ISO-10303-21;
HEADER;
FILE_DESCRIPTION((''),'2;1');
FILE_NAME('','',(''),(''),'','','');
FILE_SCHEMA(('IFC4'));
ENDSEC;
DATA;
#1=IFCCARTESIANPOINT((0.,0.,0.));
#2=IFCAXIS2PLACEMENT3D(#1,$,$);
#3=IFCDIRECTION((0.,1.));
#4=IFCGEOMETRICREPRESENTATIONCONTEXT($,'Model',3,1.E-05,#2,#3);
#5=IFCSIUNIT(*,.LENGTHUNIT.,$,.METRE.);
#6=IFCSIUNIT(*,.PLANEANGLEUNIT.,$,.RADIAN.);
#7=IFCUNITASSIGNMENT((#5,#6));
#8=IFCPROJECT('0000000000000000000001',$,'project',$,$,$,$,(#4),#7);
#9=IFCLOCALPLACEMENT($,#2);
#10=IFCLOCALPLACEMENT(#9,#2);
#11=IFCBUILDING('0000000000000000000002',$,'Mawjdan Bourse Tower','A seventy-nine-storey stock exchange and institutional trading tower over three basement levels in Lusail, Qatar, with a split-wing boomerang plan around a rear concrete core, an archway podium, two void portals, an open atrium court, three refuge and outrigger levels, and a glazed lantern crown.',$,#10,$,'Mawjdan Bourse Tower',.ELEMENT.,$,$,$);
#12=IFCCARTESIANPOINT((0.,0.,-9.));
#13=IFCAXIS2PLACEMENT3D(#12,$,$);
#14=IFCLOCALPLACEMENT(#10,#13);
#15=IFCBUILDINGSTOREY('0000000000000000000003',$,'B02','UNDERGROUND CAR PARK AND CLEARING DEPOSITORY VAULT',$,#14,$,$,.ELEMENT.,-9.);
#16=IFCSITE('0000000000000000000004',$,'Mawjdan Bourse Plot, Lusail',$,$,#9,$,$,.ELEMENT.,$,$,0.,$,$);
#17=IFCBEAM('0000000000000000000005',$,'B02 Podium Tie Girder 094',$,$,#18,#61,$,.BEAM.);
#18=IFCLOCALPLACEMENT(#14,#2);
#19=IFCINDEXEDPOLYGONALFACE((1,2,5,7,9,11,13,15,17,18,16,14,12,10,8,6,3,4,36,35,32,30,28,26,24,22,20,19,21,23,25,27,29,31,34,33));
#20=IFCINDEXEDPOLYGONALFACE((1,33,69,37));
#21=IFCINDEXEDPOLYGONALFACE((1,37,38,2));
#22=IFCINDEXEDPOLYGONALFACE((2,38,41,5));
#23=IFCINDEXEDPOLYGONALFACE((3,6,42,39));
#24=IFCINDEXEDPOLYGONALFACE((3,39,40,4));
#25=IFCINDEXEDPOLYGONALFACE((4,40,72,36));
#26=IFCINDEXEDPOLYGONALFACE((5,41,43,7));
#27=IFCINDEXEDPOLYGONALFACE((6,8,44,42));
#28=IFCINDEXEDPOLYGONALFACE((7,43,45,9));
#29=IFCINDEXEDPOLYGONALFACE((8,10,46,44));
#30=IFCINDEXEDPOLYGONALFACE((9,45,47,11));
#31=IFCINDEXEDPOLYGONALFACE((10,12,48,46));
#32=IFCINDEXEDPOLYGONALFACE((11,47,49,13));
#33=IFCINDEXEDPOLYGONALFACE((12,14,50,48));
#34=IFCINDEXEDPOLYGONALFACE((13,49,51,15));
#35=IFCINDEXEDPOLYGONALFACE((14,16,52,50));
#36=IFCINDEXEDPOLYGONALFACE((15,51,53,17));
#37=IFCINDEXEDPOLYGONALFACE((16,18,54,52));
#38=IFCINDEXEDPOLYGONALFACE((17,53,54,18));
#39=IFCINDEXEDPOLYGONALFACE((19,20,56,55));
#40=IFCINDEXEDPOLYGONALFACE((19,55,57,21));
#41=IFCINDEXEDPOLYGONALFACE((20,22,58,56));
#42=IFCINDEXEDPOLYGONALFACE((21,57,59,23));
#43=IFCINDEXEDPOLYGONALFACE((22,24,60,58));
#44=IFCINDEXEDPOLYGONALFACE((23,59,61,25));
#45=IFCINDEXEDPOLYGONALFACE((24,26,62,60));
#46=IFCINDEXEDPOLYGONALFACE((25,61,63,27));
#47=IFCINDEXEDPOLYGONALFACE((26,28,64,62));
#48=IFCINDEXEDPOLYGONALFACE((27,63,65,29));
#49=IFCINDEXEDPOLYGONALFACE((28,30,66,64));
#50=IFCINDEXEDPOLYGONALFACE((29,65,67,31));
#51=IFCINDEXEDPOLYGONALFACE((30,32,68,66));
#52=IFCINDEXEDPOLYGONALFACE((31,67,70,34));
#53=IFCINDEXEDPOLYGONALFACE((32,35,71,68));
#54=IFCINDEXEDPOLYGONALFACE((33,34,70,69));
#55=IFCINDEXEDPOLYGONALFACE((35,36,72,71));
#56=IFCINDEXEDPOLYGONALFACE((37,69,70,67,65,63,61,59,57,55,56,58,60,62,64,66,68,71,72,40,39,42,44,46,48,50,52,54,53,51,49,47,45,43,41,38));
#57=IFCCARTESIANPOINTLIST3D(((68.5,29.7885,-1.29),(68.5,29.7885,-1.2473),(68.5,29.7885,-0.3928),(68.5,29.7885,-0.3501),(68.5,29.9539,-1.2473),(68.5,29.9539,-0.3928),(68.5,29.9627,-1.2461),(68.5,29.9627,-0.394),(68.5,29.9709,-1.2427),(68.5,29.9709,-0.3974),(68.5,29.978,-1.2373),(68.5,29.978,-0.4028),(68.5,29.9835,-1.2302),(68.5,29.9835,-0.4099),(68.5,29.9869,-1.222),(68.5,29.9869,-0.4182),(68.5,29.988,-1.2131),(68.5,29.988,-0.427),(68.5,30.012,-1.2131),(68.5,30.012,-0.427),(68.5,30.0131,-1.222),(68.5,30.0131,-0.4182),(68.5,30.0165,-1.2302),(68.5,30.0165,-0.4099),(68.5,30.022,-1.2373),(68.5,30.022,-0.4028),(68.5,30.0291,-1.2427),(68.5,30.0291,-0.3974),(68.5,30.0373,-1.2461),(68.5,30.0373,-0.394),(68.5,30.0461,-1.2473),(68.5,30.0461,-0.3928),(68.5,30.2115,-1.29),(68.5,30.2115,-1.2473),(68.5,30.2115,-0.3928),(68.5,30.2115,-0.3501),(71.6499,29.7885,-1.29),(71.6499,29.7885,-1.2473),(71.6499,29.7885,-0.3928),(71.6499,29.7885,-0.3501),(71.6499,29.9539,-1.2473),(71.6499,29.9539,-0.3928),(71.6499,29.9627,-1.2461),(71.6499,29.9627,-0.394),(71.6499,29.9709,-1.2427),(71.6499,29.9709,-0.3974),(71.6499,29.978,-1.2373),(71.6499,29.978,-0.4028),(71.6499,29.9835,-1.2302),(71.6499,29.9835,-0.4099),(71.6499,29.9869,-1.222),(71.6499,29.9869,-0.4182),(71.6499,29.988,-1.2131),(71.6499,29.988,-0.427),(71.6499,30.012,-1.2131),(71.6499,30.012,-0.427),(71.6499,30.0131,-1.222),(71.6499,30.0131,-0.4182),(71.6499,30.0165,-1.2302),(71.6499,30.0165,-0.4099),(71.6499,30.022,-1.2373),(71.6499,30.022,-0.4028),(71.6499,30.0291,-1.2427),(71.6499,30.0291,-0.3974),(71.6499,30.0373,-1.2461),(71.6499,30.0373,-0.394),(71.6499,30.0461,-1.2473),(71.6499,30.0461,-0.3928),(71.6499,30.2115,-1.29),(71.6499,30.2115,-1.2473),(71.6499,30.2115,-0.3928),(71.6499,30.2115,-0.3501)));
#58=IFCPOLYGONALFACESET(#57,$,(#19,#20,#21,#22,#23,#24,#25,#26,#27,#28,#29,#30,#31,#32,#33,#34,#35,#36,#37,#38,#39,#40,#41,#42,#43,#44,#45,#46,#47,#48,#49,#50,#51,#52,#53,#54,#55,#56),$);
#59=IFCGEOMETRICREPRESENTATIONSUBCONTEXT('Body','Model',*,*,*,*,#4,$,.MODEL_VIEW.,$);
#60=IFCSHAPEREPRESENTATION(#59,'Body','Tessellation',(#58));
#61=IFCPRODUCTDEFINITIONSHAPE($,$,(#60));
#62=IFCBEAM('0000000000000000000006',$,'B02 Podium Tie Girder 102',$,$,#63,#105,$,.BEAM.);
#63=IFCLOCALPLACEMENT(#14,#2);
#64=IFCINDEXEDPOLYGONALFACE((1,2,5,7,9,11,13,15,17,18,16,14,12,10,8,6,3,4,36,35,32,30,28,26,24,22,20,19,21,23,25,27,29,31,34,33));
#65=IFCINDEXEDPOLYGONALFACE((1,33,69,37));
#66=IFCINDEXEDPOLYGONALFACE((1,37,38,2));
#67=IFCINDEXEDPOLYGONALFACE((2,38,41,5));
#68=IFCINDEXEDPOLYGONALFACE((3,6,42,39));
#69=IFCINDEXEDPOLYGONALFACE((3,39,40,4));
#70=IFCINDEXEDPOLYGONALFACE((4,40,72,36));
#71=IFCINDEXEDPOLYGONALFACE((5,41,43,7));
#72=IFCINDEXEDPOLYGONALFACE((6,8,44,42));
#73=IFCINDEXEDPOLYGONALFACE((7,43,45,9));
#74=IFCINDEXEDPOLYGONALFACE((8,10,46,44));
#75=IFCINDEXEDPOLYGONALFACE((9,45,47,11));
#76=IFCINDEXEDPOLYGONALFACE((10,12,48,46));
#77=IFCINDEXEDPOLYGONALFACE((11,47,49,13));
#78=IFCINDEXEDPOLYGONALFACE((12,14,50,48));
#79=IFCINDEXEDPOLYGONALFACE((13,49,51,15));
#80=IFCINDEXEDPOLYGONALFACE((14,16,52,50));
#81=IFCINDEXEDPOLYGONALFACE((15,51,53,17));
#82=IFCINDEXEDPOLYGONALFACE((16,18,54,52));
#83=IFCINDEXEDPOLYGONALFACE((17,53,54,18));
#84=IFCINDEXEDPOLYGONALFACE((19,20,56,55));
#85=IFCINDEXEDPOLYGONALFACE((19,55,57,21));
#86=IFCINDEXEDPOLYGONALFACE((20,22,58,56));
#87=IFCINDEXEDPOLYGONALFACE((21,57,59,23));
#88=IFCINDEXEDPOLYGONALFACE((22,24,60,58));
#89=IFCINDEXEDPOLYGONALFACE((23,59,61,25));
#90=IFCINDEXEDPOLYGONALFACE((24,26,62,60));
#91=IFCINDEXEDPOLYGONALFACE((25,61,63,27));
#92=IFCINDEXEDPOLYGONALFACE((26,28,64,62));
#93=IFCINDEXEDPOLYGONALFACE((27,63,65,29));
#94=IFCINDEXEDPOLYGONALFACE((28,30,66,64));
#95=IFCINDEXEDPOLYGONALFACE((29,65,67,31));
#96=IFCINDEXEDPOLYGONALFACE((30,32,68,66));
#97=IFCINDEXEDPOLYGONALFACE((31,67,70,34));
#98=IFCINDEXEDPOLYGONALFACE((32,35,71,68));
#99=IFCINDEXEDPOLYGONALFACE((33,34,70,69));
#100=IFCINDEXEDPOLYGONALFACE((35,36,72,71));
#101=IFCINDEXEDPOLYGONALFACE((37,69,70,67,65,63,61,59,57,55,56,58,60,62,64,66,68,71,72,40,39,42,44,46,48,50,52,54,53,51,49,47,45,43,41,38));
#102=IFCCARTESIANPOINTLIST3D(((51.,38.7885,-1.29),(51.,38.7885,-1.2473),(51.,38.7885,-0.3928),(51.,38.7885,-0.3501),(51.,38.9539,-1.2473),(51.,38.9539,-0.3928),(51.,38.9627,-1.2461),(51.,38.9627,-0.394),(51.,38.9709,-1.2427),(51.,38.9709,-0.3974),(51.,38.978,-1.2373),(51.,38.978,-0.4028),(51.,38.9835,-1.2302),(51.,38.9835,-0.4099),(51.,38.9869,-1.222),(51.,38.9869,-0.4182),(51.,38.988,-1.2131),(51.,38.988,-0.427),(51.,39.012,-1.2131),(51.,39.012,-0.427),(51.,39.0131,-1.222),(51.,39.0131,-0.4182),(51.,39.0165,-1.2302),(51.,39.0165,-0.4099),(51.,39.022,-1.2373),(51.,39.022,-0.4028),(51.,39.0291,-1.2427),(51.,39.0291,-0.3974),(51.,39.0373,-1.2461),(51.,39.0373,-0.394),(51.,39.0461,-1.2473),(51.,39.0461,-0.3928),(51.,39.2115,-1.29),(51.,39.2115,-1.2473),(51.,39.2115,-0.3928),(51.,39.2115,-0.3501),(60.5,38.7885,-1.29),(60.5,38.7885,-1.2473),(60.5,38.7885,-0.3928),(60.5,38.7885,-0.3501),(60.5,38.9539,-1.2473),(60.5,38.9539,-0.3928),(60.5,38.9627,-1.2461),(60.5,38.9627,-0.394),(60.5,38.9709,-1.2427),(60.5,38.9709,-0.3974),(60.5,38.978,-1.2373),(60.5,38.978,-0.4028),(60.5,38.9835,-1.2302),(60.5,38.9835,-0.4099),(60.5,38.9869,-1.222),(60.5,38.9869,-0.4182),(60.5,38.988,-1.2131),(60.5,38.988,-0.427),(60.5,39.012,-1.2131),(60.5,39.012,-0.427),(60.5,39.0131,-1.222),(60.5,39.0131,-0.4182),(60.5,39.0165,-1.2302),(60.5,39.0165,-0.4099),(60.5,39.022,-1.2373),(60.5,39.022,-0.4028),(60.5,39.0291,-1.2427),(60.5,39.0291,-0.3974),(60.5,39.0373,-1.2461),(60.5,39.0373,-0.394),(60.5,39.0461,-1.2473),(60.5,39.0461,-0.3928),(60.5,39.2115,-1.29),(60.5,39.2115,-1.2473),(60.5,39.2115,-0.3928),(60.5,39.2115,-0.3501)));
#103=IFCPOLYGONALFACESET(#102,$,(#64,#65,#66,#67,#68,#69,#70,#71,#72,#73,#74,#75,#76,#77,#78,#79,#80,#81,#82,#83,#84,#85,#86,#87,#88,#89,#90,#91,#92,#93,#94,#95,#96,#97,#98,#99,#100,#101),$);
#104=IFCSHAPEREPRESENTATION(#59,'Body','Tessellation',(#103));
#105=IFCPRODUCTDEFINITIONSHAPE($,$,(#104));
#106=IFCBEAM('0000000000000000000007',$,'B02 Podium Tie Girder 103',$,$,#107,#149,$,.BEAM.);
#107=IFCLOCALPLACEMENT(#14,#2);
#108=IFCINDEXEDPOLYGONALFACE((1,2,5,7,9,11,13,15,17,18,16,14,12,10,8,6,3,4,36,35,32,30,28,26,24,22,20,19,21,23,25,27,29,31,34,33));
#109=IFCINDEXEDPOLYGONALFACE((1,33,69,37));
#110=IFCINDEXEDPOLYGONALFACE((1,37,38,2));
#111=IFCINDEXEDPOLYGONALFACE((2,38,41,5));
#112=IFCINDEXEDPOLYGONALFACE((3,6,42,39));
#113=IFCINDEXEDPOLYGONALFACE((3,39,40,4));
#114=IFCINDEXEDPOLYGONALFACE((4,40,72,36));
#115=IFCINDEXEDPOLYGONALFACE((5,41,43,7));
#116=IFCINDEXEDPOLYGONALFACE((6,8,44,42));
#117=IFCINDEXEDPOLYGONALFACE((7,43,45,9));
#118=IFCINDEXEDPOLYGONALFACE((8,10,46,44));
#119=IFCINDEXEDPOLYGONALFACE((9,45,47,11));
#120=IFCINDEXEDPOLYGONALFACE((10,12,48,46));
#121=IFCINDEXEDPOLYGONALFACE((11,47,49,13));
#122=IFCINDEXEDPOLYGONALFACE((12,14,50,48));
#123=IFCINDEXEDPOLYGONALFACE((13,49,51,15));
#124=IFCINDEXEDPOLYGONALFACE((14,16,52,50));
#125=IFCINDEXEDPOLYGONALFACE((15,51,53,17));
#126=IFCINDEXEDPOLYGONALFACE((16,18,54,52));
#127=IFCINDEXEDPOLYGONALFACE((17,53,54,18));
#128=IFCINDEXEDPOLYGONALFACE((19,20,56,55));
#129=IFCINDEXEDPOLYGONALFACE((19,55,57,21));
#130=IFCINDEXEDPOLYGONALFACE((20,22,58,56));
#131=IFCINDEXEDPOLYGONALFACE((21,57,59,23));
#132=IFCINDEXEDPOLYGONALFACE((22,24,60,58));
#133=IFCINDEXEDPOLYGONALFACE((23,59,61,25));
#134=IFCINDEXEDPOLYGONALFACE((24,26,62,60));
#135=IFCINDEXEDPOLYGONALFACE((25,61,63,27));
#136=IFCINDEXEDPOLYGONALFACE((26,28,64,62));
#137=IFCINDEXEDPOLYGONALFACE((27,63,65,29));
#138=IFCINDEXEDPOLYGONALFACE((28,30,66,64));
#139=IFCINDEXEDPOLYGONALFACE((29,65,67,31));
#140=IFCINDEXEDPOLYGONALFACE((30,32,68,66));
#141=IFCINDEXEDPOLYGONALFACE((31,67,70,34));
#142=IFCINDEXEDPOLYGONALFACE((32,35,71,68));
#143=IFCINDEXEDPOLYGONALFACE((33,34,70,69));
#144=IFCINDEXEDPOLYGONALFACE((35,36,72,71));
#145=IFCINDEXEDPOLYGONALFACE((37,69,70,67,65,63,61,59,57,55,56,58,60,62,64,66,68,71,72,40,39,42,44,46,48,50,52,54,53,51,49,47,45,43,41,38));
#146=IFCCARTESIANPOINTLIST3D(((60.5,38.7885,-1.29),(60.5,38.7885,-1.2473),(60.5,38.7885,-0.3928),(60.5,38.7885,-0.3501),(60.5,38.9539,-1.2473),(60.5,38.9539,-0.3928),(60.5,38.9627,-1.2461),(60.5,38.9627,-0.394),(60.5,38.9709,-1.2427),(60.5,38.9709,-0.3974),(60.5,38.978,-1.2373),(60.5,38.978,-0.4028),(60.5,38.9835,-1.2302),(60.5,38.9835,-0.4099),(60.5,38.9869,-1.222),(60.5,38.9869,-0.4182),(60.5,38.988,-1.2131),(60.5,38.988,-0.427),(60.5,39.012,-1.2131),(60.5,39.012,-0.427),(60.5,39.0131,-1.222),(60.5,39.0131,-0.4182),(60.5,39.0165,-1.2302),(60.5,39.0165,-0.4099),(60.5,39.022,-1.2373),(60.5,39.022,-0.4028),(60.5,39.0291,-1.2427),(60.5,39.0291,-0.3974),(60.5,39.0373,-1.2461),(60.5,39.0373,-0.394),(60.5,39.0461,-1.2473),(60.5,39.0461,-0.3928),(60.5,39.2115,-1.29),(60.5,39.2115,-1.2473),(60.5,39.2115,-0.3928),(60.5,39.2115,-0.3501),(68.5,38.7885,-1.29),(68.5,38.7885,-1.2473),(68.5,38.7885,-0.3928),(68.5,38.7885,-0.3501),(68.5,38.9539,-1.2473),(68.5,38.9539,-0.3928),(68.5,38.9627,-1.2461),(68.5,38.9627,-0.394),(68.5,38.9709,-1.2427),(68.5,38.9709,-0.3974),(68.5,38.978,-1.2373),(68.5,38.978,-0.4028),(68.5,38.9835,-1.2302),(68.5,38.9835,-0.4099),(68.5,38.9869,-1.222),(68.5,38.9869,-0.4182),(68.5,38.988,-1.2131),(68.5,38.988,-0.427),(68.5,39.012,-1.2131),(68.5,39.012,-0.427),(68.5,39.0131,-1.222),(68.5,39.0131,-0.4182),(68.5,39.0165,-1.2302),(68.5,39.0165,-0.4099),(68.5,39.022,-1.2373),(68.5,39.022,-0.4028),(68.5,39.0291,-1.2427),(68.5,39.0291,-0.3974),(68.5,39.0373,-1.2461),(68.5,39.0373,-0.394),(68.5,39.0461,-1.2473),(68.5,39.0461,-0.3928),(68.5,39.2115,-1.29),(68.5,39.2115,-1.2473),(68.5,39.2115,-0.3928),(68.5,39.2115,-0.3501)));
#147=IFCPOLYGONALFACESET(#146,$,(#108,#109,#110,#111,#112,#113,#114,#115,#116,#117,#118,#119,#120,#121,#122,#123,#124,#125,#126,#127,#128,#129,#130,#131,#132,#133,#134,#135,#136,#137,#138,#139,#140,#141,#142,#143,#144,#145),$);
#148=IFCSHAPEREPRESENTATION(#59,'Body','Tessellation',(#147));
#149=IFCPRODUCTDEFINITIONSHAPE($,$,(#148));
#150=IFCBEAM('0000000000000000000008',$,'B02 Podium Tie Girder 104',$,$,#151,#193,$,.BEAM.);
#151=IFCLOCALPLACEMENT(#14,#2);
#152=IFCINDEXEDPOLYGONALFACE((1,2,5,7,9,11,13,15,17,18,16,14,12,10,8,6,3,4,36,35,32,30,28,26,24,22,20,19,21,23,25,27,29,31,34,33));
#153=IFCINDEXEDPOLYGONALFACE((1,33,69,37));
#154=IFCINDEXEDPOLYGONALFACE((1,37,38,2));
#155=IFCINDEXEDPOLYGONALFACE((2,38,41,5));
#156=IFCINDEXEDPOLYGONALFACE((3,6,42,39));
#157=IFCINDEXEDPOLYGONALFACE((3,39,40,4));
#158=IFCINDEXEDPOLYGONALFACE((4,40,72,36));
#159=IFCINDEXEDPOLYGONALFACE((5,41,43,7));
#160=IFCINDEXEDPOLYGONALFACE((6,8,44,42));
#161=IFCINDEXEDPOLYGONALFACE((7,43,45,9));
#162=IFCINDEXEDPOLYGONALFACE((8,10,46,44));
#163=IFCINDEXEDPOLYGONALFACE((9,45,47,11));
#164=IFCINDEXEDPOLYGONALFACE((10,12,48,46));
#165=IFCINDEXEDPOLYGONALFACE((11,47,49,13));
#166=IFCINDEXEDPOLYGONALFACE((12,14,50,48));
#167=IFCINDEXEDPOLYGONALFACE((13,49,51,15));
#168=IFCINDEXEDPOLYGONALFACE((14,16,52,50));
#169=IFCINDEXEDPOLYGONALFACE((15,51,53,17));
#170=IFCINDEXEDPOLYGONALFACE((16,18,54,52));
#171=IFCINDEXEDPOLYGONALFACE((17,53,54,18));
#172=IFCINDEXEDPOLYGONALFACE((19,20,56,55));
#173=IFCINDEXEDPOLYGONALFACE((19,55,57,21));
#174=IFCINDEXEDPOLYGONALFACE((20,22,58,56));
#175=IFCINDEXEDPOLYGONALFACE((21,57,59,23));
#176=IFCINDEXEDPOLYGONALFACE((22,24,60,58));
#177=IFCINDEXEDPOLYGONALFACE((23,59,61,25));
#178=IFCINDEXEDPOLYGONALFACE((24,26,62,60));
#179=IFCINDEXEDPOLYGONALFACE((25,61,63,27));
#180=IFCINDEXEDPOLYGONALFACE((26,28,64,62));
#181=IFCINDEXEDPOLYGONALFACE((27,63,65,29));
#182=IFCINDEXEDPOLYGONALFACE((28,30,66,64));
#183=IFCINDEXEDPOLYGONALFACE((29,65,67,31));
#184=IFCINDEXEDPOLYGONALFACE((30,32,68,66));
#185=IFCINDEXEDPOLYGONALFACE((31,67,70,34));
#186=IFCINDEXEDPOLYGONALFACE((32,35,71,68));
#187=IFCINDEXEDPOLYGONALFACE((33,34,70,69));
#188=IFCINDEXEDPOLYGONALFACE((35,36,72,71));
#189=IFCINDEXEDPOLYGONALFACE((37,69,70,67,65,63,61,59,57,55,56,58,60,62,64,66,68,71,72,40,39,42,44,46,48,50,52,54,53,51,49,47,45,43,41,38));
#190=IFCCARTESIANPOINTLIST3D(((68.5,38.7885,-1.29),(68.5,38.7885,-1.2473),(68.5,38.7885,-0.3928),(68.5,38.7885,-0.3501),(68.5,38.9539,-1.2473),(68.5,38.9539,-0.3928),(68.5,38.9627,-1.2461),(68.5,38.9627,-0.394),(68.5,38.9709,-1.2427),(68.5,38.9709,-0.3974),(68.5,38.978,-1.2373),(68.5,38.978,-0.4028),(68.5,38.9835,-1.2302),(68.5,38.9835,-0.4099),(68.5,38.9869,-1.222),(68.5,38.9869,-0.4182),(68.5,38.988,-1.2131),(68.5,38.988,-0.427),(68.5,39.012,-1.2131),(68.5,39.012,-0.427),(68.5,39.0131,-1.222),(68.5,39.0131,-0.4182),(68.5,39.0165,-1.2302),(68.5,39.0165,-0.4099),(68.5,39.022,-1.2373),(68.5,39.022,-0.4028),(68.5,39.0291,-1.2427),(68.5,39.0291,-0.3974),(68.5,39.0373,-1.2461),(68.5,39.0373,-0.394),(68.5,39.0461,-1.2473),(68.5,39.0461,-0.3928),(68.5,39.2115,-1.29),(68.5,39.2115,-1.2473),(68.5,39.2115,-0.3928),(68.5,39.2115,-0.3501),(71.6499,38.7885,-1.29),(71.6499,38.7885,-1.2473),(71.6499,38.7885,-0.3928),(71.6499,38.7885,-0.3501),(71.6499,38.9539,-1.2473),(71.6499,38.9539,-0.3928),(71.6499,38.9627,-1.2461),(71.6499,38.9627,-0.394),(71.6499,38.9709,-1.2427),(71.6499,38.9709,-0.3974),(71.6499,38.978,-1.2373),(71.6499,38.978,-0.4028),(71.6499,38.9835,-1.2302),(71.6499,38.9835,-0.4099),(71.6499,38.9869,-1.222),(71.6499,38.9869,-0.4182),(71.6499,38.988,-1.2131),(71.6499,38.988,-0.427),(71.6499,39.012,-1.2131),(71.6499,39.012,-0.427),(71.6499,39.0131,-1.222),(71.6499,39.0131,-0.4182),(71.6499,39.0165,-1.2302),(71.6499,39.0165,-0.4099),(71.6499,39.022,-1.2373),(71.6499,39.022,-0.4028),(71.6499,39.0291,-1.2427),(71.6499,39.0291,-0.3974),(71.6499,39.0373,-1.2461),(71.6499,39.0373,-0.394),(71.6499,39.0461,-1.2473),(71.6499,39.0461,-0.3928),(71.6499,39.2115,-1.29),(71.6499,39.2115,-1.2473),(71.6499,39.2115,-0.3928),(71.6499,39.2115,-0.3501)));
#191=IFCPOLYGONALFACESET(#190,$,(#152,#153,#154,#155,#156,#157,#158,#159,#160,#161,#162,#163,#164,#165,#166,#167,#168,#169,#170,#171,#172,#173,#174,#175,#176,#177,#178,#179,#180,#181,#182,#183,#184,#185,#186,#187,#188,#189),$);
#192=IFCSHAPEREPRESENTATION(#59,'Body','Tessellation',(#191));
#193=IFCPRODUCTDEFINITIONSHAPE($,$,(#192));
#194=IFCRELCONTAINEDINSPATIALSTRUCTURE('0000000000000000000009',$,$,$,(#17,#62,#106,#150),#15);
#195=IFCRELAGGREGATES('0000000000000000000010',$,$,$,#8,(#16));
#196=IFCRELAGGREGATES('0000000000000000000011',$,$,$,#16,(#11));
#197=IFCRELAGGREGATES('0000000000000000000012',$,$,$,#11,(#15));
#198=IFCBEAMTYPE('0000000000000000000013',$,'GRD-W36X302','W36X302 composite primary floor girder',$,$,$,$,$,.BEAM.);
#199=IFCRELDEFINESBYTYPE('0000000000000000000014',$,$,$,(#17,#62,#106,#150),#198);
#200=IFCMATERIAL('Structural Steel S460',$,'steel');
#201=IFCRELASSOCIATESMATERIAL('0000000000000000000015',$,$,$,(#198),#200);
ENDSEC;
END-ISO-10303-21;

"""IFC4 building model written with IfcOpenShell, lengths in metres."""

from ifc_helpers import new_model, si_unit, direction, frame, origin, origin_2d, place, context, subcontext, project, spatial, i_section, extrude, material, material_profile, profile_set, type_object, element, save


model = new_model("IFC4")

# Units and contexts
model_context = context("Model", 3, precision=1e-05, world=origin(), true_north=direction((0.0, 1.0)))
body_context = subcontext(model_context, "Body", "Model", "MODEL_VIEW")
ifc_project = project(units=[si_unit("LENGTHUNIT", "METRE"), si_unit("PLANEANGLEUNIT", "RADIAN")], contexts=[model_context])

# Site, building, storey
site_placement = place(None, origin())
site = spatial("IfcSite", under=ifc_project, at=site_placement, Name="Mawjdan Bourse Plot, Lusail", CompositionType="ELEMENT", RefElevation=0.0)
building_placement = place(site_placement, origin())
building = spatial("IfcBuilding", under=site, at=building_placement, Name="Mawjdan Bourse Tower", Description="A seventy-nine-storey stock exchange and institutional trading tower over three basement levels in Lusail, Qatar, with a split-wing boomerang plan around a rear concrete core, an archway podium, two void portals, an open atrium court, three refuge and outrigger levels, and a glazed lantern crown.", LongName="Mawjdan Bourse Tower", CompositionType="ELEMENT")
storey_placement = place(building_placement, frame((0.0, 0.0, -9.0)))
storey = spatial("IfcBuildingStorey", under=building, at=storey_placement, Name="B02", Description="UNDERGROUND CAR PARK AND CLEARING DEPOSITORY VAULT", CompositionType="ELEMENT", Elevation=-9.0)

# Beams
ifc_material_1 = material(Name="Structural Steel S460", Category="steel")
ifc_material_profile_1 = material_profile(ifc_material_1, i_section(OverallWidth=0.4231, OverallDepth=0.9399, WebThickness=0.0239, FlangeThickness=0.0427, FilletRadius=0.0342, at=origin_2d()), Name="W36X302")
ifc_profile_set_1 = profile_set([ifc_material_profile_1], Name="Structural Steel S460")
beam_type_1 = type_object("IfcBeamType", Name="GRD-W36X302", Description="W36X302 composite primary floor girder", PredefinedType="BEAM", material=ifc_profile_set_1)
beam_1_placement = place(storey_placement, frame((68.5, 30.0, -0.8201), z_axis=(1.0, 0.0, 0.0), x_axis=(0.0, 1.0, 0.0)))
element("IfcBeam", 1, at=beam_1_placement, inside=storey, type_object=beam_type_1, Name="B02 Podium Tie Girder 094", PredefinedType="BEAM", context=body_context, shape_type="SweptSolid", body=[
    extrude(i_section(OverallWidth=0.4231, OverallDepth=0.9399, WebThickness=0.0239, FlangeThickness=0.0427, FilletRadius=0.0342, at=origin_2d()), origin(), (0.0, 0.0, 1.0), 3.1499),
])
beam_2_placement = place(storey_placement, frame((51.0, 39.0, -0.8201), z_axis=(1.0, 0.0, 0.0), x_axis=(0.0, 1.0, 0.0)))
element("IfcBeam", 2, at=beam_2_placement, inside=storey, type_object=beam_type_1, Name="B02 Podium Tie Girder 102", PredefinedType="BEAM", context=body_context, shape_type="SweptSolid", body=[
    extrude(i_section(OverallWidth=0.4231, OverallDepth=0.9399, WebThickness=0.0239, FlangeThickness=0.0427, FilletRadius=0.0342, at=origin_2d()), origin(), (0.0, 0.0, 1.0), 9.5),
])
beam_3_placement = place(storey_placement, frame((60.5, 39.0, -0.8201), z_axis=(1.0, 0.0, 0.0), x_axis=(0.0, 1.0, 0.0)))
element("IfcBeam", 3, at=beam_3_placement, inside=storey, type_object=beam_type_1, Name="B02 Podium Tie Girder 103", PredefinedType="BEAM", context=body_context, shape_type="SweptSolid", body=[
    extrude(i_section(OverallWidth=0.4231, OverallDepth=0.9399, WebThickness=0.0239, FlangeThickness=0.0427, FilletRadius=0.0342, at=origin_2d()), origin(), (0.0, 0.0, 1.0), 8.0),
])
beam_4_placement = place(storey_placement, frame((68.5, 39.0, -0.8201), z_axis=(1.0, 0.0, 0.0), x_axis=(0.0, 1.0, 0.0)))
element("IfcBeam", 4, at=beam_4_placement, inside=storey, type_object=beam_type_1, Name="B02 Podium Tie Girder 104", PredefinedType="BEAM", context=body_context, shape_type="SweptSolid", body=[
    extrude(i_section(OverallWidth=0.4231, OverallDepth=0.9399, WebThickness=0.0239, FlangeThickness=0.0427, FilletRadius=0.0342, at=origin_2d()), origin(), (0.0, 0.0, 1.0), 3.1499),
])

save(model, "model.ifc")
